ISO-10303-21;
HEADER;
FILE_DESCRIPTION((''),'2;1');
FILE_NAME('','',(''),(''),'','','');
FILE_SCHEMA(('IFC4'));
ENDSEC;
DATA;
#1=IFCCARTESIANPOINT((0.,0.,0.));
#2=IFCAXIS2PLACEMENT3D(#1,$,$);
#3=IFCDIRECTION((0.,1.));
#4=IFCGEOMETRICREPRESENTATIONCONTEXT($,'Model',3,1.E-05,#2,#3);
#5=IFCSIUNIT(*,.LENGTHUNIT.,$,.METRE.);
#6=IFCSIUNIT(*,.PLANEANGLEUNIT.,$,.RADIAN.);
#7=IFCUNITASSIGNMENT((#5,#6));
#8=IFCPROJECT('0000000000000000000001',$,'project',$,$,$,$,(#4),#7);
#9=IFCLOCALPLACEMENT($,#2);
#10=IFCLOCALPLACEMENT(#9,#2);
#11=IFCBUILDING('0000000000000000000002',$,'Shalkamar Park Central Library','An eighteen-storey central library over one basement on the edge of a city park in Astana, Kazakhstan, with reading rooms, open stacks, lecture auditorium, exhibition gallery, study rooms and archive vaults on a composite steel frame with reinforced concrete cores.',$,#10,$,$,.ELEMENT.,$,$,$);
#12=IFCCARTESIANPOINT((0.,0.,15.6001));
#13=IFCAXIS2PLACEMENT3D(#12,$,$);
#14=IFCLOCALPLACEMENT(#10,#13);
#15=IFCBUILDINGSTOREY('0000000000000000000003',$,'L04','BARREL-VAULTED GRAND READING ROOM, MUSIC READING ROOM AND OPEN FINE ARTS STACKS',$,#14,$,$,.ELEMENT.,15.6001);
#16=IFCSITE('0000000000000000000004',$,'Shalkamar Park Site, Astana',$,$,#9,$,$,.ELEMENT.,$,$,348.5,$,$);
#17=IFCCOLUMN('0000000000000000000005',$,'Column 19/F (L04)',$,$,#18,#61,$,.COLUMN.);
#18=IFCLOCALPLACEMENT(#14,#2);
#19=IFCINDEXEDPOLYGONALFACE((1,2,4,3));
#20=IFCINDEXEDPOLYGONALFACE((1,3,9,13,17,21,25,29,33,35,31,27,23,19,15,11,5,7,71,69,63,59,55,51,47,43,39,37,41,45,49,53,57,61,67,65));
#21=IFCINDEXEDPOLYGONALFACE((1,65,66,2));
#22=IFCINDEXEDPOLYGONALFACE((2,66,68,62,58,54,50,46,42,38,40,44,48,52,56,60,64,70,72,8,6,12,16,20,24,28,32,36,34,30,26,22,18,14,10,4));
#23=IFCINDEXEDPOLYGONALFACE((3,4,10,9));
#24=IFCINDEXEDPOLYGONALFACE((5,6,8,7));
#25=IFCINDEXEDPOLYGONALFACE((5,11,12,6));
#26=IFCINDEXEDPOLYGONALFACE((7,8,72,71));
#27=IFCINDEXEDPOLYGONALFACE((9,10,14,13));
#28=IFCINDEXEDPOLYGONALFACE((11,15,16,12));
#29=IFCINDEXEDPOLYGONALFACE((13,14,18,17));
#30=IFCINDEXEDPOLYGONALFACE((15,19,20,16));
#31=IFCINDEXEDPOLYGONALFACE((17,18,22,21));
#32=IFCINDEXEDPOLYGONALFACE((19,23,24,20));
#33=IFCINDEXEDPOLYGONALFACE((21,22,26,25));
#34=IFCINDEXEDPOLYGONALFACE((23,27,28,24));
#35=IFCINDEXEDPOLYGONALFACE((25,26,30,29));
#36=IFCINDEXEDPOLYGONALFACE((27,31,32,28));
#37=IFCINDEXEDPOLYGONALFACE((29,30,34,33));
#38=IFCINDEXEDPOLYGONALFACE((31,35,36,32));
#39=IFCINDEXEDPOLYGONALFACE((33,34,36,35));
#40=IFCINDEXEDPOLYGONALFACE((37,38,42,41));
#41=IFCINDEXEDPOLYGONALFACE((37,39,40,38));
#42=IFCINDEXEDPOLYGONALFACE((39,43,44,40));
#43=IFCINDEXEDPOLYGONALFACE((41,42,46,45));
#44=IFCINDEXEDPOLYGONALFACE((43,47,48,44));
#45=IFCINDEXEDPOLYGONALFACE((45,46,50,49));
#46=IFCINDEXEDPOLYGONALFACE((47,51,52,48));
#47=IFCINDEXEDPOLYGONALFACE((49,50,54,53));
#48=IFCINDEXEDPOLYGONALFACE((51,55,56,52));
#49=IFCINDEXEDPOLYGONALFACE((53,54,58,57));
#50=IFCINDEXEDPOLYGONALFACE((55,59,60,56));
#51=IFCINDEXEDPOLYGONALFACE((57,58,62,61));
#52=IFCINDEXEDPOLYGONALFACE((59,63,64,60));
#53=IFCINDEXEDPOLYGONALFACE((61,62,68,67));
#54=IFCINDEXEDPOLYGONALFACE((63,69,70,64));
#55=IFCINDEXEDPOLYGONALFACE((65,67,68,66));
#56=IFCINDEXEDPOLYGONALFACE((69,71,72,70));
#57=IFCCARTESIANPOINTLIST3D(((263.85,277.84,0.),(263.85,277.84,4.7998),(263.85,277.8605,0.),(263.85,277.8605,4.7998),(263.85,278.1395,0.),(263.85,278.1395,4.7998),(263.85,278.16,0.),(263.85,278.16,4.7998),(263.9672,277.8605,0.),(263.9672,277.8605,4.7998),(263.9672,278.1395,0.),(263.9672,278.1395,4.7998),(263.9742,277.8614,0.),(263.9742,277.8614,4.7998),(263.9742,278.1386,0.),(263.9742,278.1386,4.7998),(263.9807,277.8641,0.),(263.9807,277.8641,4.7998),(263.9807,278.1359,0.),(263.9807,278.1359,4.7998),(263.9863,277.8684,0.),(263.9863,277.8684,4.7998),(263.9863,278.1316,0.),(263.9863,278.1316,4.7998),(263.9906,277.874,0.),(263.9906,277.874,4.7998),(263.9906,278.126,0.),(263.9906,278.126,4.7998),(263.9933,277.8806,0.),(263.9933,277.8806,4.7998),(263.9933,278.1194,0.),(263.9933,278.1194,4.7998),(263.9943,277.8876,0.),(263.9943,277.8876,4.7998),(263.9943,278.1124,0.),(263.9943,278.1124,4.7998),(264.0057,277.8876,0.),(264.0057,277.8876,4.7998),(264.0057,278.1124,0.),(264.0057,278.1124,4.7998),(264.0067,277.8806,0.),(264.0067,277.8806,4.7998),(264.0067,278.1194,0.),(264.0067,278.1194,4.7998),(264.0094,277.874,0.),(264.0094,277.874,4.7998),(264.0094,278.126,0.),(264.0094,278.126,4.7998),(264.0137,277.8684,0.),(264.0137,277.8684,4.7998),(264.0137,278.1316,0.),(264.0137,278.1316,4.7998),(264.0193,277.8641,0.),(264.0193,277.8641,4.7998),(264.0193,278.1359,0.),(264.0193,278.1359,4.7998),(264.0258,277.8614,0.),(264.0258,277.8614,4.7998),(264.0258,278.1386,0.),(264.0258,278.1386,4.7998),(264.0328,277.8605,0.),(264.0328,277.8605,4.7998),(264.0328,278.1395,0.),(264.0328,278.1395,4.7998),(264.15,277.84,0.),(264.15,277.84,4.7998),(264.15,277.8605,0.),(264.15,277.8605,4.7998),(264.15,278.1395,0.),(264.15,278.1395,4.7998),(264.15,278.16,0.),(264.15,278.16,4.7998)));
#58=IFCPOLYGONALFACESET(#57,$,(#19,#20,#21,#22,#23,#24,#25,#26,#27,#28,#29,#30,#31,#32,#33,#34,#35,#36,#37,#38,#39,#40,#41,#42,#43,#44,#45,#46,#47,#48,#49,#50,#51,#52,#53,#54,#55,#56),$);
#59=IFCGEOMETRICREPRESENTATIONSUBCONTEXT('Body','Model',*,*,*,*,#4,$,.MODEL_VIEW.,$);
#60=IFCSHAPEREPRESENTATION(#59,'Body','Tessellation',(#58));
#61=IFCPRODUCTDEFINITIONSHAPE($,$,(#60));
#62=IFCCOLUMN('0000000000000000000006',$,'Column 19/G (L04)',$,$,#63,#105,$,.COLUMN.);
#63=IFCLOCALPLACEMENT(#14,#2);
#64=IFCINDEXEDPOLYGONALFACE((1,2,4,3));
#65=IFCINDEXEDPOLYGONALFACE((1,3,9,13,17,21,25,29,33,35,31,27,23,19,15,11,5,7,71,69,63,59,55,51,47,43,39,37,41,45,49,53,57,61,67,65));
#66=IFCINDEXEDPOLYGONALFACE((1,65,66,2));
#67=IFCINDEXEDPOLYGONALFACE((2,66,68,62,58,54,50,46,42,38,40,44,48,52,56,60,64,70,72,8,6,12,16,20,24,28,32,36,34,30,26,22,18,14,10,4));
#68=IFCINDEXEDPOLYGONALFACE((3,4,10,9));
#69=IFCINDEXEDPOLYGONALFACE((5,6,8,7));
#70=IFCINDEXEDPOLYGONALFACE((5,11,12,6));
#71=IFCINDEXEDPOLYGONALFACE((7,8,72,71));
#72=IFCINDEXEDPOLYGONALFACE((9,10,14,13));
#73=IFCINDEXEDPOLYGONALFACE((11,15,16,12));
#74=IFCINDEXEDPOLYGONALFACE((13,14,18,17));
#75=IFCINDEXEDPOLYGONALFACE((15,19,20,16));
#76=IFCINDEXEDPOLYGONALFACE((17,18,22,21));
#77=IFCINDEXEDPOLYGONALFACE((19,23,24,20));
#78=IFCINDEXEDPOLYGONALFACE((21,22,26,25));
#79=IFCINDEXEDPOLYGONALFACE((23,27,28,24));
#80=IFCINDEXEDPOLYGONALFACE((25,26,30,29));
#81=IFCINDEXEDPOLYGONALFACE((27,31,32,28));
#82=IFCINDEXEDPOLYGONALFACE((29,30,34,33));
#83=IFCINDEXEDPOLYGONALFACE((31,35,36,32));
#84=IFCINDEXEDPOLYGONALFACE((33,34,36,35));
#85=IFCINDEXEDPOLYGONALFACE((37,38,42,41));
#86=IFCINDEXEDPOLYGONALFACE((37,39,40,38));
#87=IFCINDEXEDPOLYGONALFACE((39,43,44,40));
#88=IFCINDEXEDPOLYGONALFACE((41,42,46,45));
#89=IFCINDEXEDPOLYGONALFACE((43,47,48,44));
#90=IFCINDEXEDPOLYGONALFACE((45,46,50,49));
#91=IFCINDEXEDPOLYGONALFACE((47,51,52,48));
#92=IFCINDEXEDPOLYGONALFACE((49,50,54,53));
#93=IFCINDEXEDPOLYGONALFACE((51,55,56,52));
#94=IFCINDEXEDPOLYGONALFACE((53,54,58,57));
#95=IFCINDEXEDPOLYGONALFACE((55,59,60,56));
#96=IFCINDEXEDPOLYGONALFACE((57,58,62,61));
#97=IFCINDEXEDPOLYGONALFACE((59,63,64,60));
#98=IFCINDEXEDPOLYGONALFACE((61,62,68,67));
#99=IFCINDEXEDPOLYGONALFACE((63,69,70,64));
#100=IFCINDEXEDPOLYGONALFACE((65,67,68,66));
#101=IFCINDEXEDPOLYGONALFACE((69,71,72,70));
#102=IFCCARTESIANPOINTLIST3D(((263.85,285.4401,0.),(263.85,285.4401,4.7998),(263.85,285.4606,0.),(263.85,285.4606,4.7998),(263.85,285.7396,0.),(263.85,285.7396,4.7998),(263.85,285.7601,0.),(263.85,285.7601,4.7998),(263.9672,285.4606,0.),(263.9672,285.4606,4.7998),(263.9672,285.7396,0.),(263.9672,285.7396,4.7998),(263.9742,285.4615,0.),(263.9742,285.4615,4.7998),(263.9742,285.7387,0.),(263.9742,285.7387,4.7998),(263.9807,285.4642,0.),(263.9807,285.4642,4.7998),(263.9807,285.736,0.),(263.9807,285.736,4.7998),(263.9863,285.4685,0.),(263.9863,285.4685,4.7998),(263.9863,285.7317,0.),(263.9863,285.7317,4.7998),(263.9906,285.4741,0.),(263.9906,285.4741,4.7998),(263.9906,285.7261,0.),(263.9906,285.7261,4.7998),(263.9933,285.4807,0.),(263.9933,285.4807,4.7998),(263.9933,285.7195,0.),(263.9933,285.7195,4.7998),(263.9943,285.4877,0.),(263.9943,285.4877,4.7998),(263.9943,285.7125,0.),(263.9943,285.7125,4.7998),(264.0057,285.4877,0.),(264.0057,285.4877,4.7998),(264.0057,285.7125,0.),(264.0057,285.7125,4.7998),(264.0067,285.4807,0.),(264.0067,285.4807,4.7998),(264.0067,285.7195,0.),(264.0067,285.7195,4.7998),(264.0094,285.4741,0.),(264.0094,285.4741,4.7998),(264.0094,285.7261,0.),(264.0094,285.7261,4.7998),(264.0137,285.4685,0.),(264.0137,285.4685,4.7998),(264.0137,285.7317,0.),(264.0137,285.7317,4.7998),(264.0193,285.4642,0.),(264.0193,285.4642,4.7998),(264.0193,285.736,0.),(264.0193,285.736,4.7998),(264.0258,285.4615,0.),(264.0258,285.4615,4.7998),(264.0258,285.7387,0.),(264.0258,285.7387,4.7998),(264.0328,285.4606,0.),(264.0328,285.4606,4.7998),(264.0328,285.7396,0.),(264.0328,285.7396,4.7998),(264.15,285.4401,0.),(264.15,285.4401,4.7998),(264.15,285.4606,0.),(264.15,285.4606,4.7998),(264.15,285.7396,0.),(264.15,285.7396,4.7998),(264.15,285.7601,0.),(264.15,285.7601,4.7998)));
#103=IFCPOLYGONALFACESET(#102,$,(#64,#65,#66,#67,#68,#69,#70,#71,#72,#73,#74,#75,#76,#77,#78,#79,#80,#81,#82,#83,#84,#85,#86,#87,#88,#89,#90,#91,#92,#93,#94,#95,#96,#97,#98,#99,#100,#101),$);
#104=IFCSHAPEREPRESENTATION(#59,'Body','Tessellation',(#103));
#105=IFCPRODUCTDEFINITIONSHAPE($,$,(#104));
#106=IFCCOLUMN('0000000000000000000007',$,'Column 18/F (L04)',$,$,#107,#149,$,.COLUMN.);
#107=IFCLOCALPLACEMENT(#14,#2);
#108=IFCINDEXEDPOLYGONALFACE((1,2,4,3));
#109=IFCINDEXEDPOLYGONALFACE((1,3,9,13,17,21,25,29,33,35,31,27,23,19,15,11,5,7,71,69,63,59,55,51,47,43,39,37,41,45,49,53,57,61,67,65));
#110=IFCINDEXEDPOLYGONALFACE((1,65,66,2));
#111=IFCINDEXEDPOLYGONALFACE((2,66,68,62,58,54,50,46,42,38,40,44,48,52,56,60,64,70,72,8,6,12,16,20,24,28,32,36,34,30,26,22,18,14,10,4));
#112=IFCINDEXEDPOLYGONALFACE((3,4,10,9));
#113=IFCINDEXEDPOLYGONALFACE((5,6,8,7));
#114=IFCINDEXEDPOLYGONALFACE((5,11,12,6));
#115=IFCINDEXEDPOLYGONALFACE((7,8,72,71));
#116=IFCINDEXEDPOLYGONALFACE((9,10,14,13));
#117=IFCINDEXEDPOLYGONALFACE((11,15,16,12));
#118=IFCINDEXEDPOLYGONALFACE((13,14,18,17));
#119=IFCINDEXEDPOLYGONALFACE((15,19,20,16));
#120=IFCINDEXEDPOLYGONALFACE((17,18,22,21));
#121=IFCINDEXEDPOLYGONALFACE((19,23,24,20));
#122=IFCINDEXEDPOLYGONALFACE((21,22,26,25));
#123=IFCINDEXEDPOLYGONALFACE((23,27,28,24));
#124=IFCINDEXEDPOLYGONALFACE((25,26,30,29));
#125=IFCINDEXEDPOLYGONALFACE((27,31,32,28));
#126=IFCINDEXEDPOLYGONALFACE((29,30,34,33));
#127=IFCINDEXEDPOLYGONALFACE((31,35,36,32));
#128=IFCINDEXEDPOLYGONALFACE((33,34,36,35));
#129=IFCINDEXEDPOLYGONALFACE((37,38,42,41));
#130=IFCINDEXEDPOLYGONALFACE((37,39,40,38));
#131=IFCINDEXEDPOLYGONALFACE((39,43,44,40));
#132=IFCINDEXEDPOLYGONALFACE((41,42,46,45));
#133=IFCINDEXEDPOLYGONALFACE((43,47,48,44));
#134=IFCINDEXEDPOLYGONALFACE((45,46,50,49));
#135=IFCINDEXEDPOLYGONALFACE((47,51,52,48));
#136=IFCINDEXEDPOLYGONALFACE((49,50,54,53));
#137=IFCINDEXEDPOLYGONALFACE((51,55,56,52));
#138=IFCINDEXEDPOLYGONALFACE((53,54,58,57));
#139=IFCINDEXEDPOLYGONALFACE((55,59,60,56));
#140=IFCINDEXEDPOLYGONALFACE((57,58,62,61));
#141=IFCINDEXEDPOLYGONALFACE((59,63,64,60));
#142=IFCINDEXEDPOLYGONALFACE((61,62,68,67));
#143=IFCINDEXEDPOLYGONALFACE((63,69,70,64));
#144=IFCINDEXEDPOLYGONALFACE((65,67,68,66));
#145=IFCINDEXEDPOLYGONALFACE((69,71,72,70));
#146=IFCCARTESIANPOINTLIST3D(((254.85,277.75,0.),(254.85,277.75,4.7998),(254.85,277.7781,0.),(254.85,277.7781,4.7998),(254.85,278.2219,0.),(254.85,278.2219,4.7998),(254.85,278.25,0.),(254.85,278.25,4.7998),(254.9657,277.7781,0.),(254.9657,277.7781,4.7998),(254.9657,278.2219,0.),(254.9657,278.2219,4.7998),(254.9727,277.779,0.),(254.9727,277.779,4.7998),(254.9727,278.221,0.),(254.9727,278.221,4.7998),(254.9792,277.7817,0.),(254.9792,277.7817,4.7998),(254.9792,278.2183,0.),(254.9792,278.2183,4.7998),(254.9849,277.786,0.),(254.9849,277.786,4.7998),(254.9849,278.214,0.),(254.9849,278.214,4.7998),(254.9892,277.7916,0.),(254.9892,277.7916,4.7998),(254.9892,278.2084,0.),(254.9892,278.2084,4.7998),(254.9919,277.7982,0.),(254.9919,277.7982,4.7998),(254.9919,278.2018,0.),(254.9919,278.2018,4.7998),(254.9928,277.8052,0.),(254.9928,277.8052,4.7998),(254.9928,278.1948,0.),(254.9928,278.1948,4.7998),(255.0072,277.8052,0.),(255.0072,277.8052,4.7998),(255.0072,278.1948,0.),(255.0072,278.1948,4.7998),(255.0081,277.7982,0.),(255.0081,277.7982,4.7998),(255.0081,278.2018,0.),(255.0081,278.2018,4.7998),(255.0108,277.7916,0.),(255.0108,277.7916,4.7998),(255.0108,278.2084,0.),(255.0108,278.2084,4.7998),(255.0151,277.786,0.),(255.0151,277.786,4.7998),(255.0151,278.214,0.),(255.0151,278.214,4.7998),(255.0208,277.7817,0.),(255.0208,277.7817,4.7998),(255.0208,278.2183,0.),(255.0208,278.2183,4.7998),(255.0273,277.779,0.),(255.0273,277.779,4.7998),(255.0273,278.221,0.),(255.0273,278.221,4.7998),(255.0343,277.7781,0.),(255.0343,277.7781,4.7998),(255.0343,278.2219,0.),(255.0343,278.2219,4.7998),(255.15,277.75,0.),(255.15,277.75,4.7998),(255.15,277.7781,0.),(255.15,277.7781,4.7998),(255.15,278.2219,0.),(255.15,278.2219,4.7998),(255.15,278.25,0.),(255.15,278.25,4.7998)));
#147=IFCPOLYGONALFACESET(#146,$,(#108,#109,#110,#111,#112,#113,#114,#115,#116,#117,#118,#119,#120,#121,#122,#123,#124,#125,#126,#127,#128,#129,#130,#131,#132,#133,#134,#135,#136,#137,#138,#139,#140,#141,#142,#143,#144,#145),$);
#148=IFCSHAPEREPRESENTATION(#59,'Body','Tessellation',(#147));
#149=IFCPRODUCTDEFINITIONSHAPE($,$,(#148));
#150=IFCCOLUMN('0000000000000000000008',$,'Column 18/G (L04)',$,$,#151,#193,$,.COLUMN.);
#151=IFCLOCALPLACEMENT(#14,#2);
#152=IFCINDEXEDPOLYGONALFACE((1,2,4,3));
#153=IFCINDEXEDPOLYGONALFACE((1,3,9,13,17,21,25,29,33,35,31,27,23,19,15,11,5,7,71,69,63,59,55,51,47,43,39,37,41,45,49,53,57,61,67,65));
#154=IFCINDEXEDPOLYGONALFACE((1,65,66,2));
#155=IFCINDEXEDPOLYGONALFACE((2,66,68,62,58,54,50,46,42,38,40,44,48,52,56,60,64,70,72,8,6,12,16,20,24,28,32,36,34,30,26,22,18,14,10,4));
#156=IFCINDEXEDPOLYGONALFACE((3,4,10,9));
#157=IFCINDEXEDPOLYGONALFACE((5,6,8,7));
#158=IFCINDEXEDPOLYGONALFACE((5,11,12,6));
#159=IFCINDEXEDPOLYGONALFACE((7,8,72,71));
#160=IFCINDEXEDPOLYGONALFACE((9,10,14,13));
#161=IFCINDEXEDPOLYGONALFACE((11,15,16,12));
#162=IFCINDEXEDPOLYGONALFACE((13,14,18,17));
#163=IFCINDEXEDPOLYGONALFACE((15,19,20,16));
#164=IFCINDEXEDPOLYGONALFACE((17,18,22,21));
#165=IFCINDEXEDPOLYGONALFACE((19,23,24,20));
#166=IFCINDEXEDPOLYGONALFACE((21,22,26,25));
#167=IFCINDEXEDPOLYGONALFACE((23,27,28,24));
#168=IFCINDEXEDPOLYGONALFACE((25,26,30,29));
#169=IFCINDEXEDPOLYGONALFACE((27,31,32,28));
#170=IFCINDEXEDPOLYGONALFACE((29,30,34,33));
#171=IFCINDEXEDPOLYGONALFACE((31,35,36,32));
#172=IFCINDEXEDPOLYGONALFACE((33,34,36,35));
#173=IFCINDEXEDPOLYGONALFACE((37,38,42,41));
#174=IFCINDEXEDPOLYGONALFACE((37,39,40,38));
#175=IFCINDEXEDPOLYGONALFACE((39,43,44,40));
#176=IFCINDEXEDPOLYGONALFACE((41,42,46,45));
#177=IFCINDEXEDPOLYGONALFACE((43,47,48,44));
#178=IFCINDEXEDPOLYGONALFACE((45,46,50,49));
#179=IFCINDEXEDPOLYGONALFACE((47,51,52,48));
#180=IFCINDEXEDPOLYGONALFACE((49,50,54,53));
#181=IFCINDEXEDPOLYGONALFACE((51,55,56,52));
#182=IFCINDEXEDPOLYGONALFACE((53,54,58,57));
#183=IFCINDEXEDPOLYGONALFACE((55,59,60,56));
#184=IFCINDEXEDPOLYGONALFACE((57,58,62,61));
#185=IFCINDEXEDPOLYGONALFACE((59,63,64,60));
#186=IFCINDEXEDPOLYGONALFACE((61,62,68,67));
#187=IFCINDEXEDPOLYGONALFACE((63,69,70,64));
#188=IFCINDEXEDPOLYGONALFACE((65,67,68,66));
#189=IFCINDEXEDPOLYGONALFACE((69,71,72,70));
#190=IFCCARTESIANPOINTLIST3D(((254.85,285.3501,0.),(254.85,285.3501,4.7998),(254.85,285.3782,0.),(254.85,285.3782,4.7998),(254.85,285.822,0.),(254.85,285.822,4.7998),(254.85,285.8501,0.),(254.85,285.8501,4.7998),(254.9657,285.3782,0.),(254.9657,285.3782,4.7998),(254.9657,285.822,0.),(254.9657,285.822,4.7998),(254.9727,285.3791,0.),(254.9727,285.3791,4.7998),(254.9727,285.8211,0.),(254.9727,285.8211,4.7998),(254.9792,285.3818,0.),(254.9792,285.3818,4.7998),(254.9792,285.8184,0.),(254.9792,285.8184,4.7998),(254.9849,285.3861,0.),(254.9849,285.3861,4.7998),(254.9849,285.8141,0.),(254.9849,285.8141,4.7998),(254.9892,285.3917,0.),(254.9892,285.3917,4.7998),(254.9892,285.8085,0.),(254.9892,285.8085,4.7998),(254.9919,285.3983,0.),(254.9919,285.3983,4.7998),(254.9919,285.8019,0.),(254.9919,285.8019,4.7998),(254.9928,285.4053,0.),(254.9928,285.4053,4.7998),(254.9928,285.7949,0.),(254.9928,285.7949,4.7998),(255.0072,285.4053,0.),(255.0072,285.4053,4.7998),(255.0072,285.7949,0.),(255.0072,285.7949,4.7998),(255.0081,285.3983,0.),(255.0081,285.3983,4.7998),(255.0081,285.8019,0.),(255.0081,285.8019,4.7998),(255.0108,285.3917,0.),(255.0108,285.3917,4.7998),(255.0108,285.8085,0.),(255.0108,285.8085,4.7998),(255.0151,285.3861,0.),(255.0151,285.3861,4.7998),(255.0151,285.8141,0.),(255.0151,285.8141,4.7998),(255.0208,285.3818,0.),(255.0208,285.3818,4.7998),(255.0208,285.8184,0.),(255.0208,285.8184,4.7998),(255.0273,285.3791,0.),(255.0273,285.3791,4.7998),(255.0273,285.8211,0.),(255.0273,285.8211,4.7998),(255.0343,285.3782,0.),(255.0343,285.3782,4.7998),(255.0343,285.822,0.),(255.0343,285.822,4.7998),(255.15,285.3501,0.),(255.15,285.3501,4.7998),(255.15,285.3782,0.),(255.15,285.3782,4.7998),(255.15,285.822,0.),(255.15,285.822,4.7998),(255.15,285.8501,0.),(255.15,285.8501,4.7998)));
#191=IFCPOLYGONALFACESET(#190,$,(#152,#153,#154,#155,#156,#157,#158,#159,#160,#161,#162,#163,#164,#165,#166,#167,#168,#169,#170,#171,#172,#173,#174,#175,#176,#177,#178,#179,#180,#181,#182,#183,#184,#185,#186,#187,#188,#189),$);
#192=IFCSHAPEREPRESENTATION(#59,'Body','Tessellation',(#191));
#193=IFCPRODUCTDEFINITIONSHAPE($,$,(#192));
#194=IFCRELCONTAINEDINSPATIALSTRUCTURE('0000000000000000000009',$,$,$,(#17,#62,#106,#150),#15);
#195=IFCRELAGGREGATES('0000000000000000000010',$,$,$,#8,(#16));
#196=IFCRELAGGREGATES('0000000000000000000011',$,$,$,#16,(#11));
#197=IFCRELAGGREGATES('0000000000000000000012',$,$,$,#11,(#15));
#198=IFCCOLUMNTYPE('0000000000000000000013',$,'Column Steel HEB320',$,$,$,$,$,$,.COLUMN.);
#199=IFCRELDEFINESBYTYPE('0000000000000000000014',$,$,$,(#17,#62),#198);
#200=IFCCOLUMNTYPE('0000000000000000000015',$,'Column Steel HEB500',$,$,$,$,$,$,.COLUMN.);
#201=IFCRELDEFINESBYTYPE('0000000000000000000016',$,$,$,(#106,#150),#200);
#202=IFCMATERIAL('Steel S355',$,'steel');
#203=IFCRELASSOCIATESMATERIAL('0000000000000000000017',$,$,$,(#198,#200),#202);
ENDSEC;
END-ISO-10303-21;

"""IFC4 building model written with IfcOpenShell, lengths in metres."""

from ifc_helpers import new_model, si_unit, direction, frame, origin, origin_2d, place, context, subcontext, project, spatial, i_section, extrude, material, material_profile, profile_set, type_object, element, save


model = new_model("IFC4")

# Units and contexts
model_context = context("Model", 3, precision=1e-05, world=origin(), true_north=direction((0.0, 1.0)))
body_context = subcontext(model_context, "Body", "Model", "MODEL_VIEW")
ifc_project = project(units=[si_unit("LENGTHUNIT", "METRE"), si_unit("PLANEANGLEUNIT", "RADIAN")], contexts=[model_context])

# Site, building, storey
site_placement = place(None, origin())
site = spatial("IfcSite", under=ifc_project, at=site_placement, Name="Shalkamar Park Site, Astana", CompositionType="ELEMENT", RefElevation=348.5)
building_placement = place(site_placement, origin())
building = spatial("IfcBuilding", under=site, at=building_placement, Name="Shalkamar Park Central Library", Description="An eighteen-storey central library over one basement on the edge of a city park in Astana, Kazakhstan, with reading rooms, open stacks, lecture auditorium, exhibition gallery, study rooms and archive vaults on a composite steel frame with reinforced concrete cores.", CompositionType="ELEMENT")
storey_placement = place(building_placement, frame((0.0, 0.0, 15.6001)))
storey = spatial("IfcBuildingStorey", under=building, at=storey_placement, Name="L04", Description="BARREL-VAULTED GRAND READING ROOM, MUSIC READING ROOM AND OPEN FINE ARTS STACKS", CompositionType="ELEMENT", Elevation=15.6001)

# Columns
ifc_material_1 = material(Name="Steel S355", Category="steel")
ifc_material_profile_1 = material_profile(ifc_material_1, i_section(OverallWidth=0.3, OverallDepth=0.3201, WebThickness=0.0115, FlangeThickness=0.0205, FilletRadius=0.0271, at=origin_2d()), Name="HEB 320")
ifc_profile_set_1 = profile_set([ifc_material_profile_1], Name="Steel S355")
column_type_1 = type_object("IfcColumnType", Name="Column Steel HEB320", PredefinedType="COLUMN", material=ifc_profile_set_1)
for number, where, z_axis, x_axis, name in (
    (1, (264.0, 278.0, 0.0), (0.0, 0.0, 1.0), (1.0, 0.0, 0.0), "Column 19/F (L04)"),
    (2, (264.0, 285.6001, 0.0), (0.0, 0.0, 1.0), (1.0, 0.0, 0.0), "Column 19/G (L04)"),
):
    element("IfcColumn", number, at=place(storey_placement, frame(where, z_axis=z_axis, x_axis=x_axis)), inside=storey, type_object=column_type_1, Name=name, PredefinedType="COLUMN", context=body_context, shape_type="SweptSolid", body=[
        extrude(i_section(OverallWidth=0.3, OverallDepth=0.3201, WebThickness=0.0115, FlangeThickness=0.0205, FilletRadius=0.0271, at=origin_2d()), origin(), (0.0, 0.0, 1.0), 4.7998),
    ])
ifc_material_profile_2 = material_profile(ifc_material_1, i_section(OverallWidth=0.3, OverallDepth=0.5, WebThickness=0.0144, FlangeThickness=0.0281, FilletRadius=0.0271, at=origin_2d()), Name="HEB 500")
ifc_profile_set_2 = profile_set([ifc_material_profile_2], Name="Steel S355")
column_type_2 = type_object("IfcColumnType", Name="Column Steel HEB500", PredefinedType="COLUMN", material=ifc_profile_set_2)
for number, where, z_axis, x_axis, name in (
    (3, (255.0, 278.0, 0.0), (0.0, 0.0, 1.0), (1.0, 0.0, 0.0), "Column 18/F (L04)"),
    (4, (255.0, 285.6001, 0.0), (0.0, 0.0, 1.0), (1.0, 0.0, 0.0), "Column 18/G (L04)"),
):
    element("IfcColumn", number, at=place(storey_placement, frame(where, z_axis=z_axis, x_axis=x_axis)), inside=storey, type_object=column_type_2, Name=name, PredefinedType="COLUMN", context=body_context, shape_type="SweptSolid", body=[
        extrude(i_section(OverallWidth=0.3, OverallDepth=0.5, WebThickness=0.0144, FlangeThickness=0.0281, FilletRadius=0.0271, at=origin_2d()), origin(), (0.0, 0.0, 1.0), 4.7998),
    ])

save(model, "model.ifc")
